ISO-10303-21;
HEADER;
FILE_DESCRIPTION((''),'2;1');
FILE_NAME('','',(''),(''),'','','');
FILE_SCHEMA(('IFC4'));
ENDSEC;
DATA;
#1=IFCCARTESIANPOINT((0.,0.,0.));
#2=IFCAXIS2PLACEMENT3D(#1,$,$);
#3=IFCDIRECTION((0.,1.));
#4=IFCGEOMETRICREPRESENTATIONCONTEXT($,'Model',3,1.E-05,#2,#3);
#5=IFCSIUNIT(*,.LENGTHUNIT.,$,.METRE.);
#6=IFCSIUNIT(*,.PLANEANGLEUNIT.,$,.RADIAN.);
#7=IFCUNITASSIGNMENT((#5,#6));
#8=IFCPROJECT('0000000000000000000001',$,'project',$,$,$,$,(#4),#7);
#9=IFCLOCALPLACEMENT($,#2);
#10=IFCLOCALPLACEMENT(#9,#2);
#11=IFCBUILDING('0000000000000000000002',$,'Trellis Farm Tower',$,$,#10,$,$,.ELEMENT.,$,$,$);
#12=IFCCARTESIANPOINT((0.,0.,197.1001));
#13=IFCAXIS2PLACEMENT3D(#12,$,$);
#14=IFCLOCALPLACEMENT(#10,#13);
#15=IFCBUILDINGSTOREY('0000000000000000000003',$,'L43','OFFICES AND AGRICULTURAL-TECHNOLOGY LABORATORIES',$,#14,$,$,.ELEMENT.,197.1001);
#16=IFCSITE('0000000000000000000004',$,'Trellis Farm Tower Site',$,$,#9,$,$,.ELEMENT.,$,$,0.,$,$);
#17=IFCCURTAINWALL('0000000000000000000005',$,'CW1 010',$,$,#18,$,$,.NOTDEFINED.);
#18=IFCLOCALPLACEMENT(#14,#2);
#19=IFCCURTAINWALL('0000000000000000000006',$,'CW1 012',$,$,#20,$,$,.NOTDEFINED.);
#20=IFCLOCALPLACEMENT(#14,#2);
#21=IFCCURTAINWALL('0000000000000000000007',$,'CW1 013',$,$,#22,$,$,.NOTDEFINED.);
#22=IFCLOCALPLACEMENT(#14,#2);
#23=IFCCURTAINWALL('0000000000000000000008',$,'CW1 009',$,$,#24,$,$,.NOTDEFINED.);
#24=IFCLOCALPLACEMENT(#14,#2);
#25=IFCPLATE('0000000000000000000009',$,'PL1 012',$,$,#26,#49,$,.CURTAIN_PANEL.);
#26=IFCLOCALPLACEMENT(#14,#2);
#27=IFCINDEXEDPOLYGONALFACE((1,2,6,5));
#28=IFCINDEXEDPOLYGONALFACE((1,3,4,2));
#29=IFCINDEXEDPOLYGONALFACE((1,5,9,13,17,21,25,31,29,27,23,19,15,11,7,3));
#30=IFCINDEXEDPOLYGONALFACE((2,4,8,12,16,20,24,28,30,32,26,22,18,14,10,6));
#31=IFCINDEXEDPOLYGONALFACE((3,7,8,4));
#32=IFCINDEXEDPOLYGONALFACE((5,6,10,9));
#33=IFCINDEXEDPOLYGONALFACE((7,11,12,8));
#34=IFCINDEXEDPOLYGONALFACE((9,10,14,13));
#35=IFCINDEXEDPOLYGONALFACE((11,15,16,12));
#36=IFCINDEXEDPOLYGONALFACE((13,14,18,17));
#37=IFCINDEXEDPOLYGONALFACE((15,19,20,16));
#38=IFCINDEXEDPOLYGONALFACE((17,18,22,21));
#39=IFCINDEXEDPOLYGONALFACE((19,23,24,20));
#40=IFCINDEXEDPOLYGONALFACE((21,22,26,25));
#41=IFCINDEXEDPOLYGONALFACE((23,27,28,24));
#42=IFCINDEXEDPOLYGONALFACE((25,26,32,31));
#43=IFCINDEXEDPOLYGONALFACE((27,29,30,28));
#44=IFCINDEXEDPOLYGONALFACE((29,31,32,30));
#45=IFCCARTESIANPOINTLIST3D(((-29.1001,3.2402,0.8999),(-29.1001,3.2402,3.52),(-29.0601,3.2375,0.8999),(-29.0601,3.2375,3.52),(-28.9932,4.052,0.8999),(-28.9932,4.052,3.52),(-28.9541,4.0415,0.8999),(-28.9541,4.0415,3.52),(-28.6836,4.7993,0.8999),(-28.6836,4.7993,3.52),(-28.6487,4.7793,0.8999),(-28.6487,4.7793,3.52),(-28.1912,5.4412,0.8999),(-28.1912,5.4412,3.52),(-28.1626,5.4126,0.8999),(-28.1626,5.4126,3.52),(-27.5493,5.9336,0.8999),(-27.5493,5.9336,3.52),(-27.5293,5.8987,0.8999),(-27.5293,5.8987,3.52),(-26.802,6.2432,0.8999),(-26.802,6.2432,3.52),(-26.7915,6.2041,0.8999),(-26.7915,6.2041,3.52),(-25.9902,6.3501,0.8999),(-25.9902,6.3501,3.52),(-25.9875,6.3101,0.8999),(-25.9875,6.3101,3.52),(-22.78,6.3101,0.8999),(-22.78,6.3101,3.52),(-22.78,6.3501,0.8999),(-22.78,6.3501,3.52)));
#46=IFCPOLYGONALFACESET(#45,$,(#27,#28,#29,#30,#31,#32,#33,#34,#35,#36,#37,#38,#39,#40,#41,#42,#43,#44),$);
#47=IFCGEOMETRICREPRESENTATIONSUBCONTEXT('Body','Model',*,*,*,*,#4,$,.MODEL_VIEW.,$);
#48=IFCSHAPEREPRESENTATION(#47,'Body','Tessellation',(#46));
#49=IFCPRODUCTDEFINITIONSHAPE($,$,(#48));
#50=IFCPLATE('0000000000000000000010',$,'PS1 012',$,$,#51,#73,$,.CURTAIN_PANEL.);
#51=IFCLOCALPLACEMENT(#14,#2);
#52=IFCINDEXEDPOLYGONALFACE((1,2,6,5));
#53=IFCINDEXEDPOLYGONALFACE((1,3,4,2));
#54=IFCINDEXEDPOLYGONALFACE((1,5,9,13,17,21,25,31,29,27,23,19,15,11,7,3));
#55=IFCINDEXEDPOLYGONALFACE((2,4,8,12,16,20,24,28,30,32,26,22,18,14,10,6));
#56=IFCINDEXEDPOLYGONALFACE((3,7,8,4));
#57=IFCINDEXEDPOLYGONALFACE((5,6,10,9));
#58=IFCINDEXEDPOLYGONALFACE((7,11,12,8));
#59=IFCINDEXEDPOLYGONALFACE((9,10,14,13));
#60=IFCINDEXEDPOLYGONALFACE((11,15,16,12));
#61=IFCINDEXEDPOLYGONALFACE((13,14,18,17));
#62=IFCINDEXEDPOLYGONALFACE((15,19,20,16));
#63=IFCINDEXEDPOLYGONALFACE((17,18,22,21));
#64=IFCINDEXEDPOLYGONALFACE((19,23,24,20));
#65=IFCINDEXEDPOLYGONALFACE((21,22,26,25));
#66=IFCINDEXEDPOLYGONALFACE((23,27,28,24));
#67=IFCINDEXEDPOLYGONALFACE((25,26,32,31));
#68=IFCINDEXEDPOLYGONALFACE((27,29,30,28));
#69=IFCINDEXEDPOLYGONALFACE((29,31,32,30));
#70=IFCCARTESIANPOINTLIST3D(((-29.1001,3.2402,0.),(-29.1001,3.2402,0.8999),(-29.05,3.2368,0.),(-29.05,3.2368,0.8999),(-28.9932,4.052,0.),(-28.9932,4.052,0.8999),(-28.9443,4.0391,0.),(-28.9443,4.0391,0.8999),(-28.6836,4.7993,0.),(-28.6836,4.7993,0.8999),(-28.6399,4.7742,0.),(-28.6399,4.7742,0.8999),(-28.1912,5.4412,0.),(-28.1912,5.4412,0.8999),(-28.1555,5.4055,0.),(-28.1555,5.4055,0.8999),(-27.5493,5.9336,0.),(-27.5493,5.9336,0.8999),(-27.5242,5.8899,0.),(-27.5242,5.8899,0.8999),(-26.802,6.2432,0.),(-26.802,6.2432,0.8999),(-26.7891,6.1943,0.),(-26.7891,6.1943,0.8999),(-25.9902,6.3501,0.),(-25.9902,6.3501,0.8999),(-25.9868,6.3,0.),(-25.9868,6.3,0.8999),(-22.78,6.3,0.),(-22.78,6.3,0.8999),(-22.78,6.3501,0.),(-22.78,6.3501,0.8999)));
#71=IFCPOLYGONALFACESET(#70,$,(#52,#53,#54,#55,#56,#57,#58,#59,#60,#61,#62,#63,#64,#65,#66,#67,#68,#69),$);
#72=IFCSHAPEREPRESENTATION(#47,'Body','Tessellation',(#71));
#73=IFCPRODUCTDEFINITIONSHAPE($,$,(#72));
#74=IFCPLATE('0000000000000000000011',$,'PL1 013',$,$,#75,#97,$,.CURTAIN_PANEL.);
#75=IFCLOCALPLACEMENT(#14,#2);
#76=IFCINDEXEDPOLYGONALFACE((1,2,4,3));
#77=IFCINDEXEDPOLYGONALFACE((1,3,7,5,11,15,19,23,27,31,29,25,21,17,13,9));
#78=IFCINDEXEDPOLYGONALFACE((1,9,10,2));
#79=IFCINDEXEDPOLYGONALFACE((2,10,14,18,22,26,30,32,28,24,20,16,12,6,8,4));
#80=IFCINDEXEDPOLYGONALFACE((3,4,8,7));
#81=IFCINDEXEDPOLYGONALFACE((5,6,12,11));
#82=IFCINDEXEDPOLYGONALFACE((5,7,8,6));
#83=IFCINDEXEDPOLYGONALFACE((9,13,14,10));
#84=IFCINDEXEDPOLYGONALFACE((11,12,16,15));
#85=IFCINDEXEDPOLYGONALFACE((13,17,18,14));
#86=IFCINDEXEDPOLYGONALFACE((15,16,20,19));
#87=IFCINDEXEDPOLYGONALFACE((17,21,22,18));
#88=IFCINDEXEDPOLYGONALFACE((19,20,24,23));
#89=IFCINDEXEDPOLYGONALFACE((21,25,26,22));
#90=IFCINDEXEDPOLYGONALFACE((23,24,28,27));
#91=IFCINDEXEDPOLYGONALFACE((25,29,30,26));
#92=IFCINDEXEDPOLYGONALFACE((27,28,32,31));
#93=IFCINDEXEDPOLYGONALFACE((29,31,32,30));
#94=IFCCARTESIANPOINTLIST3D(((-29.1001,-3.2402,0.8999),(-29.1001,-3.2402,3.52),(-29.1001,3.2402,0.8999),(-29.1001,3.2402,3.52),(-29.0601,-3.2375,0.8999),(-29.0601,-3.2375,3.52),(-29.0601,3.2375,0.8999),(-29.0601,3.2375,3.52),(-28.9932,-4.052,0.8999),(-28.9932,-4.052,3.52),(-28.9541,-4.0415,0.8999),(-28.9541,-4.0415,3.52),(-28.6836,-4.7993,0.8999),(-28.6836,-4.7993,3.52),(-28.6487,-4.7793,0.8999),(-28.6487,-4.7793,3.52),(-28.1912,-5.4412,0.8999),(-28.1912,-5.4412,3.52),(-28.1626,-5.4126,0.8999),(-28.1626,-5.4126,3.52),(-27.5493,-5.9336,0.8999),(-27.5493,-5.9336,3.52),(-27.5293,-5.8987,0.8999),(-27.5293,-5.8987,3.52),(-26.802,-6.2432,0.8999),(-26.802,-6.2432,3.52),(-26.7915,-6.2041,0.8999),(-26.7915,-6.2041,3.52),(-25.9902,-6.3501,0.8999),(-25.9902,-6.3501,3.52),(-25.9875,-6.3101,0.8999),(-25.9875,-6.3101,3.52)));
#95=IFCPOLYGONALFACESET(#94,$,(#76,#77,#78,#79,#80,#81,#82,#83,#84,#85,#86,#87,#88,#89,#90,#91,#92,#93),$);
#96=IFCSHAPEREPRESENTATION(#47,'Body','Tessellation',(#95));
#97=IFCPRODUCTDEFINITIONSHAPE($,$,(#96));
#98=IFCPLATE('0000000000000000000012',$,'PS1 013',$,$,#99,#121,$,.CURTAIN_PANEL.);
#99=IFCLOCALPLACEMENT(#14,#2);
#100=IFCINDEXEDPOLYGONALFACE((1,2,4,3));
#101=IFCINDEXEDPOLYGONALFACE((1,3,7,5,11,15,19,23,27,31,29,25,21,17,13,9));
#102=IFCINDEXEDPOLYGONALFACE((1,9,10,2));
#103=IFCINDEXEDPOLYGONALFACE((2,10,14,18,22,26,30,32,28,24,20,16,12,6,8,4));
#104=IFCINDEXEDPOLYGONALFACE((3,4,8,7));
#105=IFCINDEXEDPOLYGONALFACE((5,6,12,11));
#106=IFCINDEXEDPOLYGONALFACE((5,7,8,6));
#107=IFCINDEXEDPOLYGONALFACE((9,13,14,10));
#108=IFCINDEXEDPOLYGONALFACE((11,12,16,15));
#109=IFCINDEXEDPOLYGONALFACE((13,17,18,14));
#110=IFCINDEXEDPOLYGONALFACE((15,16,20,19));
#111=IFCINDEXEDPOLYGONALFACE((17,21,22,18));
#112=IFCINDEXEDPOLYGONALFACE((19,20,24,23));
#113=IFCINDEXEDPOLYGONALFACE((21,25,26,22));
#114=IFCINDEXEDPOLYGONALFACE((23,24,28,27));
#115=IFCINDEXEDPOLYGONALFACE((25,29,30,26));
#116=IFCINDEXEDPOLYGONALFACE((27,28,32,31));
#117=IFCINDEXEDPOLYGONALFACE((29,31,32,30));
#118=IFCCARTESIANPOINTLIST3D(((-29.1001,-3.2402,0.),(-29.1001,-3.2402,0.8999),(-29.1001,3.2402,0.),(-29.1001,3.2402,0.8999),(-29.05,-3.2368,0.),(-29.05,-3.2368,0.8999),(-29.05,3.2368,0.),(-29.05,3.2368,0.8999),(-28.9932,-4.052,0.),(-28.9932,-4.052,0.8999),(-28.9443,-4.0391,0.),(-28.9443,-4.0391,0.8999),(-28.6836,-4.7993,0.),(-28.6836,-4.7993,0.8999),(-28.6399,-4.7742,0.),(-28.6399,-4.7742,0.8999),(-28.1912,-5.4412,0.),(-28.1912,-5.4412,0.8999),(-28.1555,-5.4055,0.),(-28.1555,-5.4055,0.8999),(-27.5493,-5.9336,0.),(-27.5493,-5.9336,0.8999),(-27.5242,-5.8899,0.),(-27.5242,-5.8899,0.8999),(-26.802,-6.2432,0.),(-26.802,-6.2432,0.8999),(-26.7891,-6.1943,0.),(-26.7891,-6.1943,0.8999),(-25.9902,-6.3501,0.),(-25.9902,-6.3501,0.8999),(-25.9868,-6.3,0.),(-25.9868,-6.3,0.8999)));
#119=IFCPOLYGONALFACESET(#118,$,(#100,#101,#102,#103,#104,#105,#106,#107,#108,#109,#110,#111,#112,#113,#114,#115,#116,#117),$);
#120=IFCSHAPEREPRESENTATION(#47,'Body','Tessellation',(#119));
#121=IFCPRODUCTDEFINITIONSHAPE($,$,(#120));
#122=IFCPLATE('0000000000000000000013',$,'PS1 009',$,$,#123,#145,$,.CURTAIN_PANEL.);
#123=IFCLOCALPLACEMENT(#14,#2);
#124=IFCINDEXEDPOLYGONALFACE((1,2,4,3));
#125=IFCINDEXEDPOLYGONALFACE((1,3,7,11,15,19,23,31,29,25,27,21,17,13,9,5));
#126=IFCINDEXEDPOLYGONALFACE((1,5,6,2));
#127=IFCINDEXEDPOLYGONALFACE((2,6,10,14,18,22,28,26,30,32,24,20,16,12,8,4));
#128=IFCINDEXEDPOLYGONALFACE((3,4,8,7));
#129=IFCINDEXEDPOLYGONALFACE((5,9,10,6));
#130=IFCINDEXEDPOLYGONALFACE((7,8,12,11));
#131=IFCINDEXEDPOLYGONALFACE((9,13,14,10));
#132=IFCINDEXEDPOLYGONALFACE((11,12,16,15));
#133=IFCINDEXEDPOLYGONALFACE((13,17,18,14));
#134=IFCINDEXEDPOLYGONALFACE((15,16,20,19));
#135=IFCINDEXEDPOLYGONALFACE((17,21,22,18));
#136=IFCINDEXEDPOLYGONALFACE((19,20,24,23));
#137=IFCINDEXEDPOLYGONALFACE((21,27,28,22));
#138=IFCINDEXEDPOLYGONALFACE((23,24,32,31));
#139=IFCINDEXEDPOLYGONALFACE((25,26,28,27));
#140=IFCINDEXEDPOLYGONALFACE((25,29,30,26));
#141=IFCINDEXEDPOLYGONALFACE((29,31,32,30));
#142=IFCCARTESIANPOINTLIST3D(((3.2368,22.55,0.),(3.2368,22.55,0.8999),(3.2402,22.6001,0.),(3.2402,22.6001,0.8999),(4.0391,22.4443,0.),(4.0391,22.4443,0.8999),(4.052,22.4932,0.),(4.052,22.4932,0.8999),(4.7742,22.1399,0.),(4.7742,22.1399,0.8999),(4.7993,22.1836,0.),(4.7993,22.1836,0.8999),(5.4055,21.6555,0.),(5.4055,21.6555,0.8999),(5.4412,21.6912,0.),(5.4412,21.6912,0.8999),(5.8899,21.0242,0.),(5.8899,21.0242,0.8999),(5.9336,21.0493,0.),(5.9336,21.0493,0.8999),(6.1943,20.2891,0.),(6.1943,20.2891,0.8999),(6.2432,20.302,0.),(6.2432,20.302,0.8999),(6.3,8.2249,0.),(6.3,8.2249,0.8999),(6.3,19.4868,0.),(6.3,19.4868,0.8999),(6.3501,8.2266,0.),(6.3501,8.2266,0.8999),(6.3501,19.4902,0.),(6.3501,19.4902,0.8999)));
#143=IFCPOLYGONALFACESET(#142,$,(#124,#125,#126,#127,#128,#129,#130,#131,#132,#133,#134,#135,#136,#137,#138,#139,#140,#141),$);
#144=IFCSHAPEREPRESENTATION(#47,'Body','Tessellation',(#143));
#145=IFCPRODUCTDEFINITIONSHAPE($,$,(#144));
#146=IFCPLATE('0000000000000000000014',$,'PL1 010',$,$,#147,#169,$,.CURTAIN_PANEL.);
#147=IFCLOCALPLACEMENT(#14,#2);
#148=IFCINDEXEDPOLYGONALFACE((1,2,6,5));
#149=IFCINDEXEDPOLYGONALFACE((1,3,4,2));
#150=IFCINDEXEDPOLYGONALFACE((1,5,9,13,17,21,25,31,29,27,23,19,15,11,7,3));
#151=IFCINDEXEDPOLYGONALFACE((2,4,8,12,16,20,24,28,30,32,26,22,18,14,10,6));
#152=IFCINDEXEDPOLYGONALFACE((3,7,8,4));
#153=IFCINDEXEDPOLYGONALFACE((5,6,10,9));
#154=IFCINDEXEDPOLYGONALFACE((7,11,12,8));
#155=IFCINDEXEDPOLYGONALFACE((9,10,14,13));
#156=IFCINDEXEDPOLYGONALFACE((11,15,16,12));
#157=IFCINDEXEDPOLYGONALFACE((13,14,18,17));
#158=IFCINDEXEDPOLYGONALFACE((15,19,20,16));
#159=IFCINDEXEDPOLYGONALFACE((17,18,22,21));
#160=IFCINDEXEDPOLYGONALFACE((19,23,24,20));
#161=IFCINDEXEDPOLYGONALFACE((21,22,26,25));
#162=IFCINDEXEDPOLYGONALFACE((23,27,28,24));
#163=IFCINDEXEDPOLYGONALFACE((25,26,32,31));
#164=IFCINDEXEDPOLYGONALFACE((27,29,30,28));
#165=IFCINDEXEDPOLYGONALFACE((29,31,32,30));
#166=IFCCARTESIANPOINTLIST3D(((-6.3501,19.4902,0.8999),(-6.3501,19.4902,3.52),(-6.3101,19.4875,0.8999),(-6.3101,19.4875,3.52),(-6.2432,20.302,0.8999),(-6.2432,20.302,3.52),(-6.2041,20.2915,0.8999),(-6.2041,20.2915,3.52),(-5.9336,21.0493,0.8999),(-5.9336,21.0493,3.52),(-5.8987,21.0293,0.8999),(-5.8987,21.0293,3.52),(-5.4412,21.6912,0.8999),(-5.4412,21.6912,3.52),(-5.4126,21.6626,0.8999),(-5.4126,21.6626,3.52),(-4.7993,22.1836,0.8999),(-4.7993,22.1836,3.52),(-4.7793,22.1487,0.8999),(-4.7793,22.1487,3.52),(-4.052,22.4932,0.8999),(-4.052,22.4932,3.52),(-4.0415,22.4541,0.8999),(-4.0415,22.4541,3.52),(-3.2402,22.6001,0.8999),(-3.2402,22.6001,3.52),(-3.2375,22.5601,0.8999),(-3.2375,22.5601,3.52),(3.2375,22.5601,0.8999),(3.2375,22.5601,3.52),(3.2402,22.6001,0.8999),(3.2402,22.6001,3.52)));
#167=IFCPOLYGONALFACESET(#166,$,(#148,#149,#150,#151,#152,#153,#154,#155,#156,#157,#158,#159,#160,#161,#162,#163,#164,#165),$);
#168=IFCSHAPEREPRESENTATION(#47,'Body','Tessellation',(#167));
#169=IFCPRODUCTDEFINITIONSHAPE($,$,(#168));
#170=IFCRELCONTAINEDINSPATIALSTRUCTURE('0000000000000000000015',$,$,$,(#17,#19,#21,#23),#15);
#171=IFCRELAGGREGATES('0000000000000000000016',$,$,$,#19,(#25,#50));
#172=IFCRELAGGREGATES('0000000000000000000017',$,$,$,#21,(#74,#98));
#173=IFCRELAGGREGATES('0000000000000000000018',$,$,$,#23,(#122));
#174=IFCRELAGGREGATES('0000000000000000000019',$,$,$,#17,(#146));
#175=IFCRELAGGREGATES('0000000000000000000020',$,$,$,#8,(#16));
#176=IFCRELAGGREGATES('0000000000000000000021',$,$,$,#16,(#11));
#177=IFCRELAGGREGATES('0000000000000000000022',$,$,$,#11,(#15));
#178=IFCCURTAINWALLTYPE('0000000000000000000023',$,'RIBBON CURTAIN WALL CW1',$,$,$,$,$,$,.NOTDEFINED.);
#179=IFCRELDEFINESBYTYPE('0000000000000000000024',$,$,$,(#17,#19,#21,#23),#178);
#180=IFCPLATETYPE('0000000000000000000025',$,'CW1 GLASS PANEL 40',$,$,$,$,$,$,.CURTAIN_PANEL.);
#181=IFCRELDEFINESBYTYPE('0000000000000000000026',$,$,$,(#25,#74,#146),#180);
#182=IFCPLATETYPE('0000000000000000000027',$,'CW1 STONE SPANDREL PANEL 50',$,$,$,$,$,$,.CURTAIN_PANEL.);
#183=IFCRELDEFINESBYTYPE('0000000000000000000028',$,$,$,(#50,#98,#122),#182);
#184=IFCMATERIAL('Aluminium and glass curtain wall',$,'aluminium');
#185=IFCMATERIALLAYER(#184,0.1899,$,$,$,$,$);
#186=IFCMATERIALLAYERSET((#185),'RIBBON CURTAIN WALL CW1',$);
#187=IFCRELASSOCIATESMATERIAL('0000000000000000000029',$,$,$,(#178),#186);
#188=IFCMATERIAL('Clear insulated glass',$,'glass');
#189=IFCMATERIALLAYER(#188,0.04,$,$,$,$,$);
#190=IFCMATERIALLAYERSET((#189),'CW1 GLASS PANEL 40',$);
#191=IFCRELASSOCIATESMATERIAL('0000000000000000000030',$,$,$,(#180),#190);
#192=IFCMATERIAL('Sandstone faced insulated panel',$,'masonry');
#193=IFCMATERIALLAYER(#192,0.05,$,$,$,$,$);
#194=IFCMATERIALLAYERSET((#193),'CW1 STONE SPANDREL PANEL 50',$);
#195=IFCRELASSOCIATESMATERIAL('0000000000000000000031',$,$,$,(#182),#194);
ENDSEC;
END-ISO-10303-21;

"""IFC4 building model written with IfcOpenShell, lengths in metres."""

from ifc_helpers import new_model, si_unit, direction, frame, origin, place, context, subcontext, project, spatial, polyline, outline, extrude, source, transform, mapped, material, layer, layer_set, type_object, element, aggregate, save


model = new_model("IFC4")

# Units and contexts
model_context = context("Model", 3, precision=1e-05, world=origin(), true_north=direction((0.0, 1.0)))
body_context = subcontext(model_context, "Body", "Model", "MODEL_VIEW")
ifc_project = project(units=[si_unit("LENGTHUNIT", "METRE"), si_unit("PLANEANGLEUNIT", "RADIAN")], contexts=[model_context])

# Site, building, storey
site_placement = place(None, origin())
site = spatial("IfcSite", under=ifc_project, at=site_placement, Name="Trellis Farm Tower Site", CompositionType="ELEMENT", RefElevation=0.0)
building_placement = place(site_placement, origin())
building = spatial("IfcBuilding", under=site, at=building_placement, Name="Trellis Farm Tower", CompositionType="ELEMENT")
storey_placement = place(building_placement, frame((0.0, 0.0, 197.1001)))
storey = spatial("IfcBuildingStorey", under=building, at=storey_placement, Name="L43", Description="OFFICES AND AGRICULTURAL-TECHNOLOGY LABORATORIES", CompositionType="ELEMENT", Elevation=197.1001)

# Curtain walls
ifc_material_1 = material(Name="Aluminium and glass curtain wall", Category="aluminium")
ifc_layer_1 = layer(ifc_material_1, 0.1899)
ifc_layer_set_1 = layer_set([ifc_layer_1], Name="RIBBON CURTAIN WALL CW1")
curtain_wall_type_1 = type_object("IfcCurtainWallType", Name="RIBBON CURTAIN WALL CW1", PredefinedType="NOTDEFINED", material=ifc_layer_set_1)
placement_1 = place(storey_placement, origin())
curtain_wall_1 = element("IfcCurtainWall", 1, at=placement_1, inside=storey, type_object=curtain_wall_type_1, Name="CW1 010", PredefinedType="NOTDEFINED")
curtain_wall_2 = element("IfcCurtainWall", 2, at=placement_1, inside=storey, type_object=curtain_wall_type_1, Name="CW1 012", PredefinedType="NOTDEFINED")
curtain_wall_3 = element("IfcCurtainWall", 3, at=placement_1, inside=storey, type_object=curtain_wall_type_1, Name="CW1 013", PredefinedType="NOTDEFINED")
curtain_wall_4 = element("IfcCurtainWall", 4, at=placement_1, inside=storey, type_object=curtain_wall_type_1, Name="CW1 009", PredefinedType="NOTDEFINED")

# Plates
ifc_material_2 = material(Name="Clear insulated glass", Category="glass")
ifc_layer_2 = layer(ifc_material_2, 0.04)
ifc_layer_set_2 = layer_set([ifc_layer_2], Name="CW1 GLASS PANEL 40")
plate_type_1 = type_object("IfcPlateType", Name="CW1 GLASS PANEL 40", PredefinedType="CURTAIN_PANEL", material=ifc_layer_set_2)
shared_shape_1 = source(origin(), body_context, "Body", "SweptSolid", [
    extrude(outline(polyline([(-22.78, 6.3501), (-25.9902, 6.3501), (-26.802, 6.2432), (-27.5493, 5.9336), (-28.1912, 5.4412), (-28.6836, 4.7993), (-28.9932, 4.052), (-29.1001, 3.2402), (-29.0601, 3.2375), (-28.9541, 4.0415), (-28.6487, 4.7793), (-28.1626, 5.4126), (-27.5293, 5.8987), (-26.7915, 6.2041), (-25.9875, 6.3101), (-22.78, 6.3101), (-22.78, 6.3501)])), origin(), (0.0, 0.0, 1.0), 2.6201),
])
placement_2 = place(storey_placement, frame((0.0, 0.0, 0.8999)))
plate_1 = element("IfcPlate", 5, at=placement_2, type_object=plate_type_1, Name="PL1 012", PredefinedType="CURTAIN_PANEL", context=body_context, shape_type="MappedRepresentation", body=[
    mapped(shared_shape_1, transform((0.0, 0.0, 0.0))),
])
ifc_material_3 = material(Name="Sandstone faced insulated panel", Category="masonry")
ifc_layer_3 = layer(ifc_material_3, 0.05)
ifc_layer_set_3 = layer_set([ifc_layer_3], Name="CW1 STONE SPANDREL PANEL 50")
plate_type_2 = type_object("IfcPlateType", Name="CW1 STONE SPANDREL PANEL 50", PredefinedType="CURTAIN_PANEL", material=ifc_layer_set_3)
shared_shape_2 = source(origin(), body_context, "Body", "SweptSolid", [
    extrude(outline(polyline([(-22.78, 6.3501), (-25.9902, 6.3501), (-26.802, 6.2432), (-27.5493, 5.9336), (-28.1912, 5.4412), (-28.6836, 4.7993), (-28.9932, 4.052), (-29.1001, 3.2402), (-29.05, 3.2368), (-28.9443, 4.0391), (-28.6399, 4.7742), (-28.1555, 5.4055), (-27.5242, 5.8899), (-26.7891, 6.1943), (-25.9868, 6.3), (-22.78, 6.3), (-22.78, 6.3501)])), origin(), (0.0, 0.0, 1.0), 0.8999),
])
plate_2 = element("IfcPlate", 6, at=placement_1, type_object=plate_type_2, Name="PS1 012", PredefinedType="CURTAIN_PANEL", context=body_context, shape_type="MappedRepresentation", body=[
    mapped(shared_shape_2, transform((0.0, 0.0, 0.0))),
])
aggregate(curtain_wall_2, [plate_1, plate_2])
shared_shape_3 = source(origin(), body_context, "Body", "SweptSolid", [
    extrude(outline(polyline([(-29.1001, 3.2402), (-29.1001, -3.2402), (-28.9932, -4.052), (-28.6836, -4.7993), (-28.1912, -5.4412), (-27.5493, -5.9336), (-26.802, -6.2432), (-25.9902, -6.3501), (-25.9875, -6.3101), (-26.7915, -6.2041), (-27.5293, -5.8987), (-28.1626, -5.4126), (-28.6487, -4.7793), (-28.9541, -4.0415), (-29.0601, -3.2375), (-29.0601, 3.2375), (-29.1001, 3.2402)])), origin(), (0.0, 0.0, 1.0), 2.6201),
])
plate_3 = element("IfcPlate", 7, at=placement_2, type_object=plate_type_1, Name="PL1 013", PredefinedType="CURTAIN_PANEL", context=body_context, shape_type="MappedRepresentation", body=[
    mapped(shared_shape_3, transform((0.0, 0.0, 0.0))),
])
shared_shape_4 = source(origin(), body_context, "Body", "SweptSolid", [
    extrude(outline(polyline([(-29.1001, 3.2402), (-29.1001, -3.2402), (-28.9932, -4.052), (-28.6836, -4.7993), (-28.1912, -5.4412), (-27.5493, -5.9336), (-26.802, -6.2432), (-25.9902, -6.3501), (-25.9868, -6.3), (-26.7891, -6.1943), (-27.5242, -5.8899), (-28.1555, -5.4055), (-28.6399, -4.7742), (-28.9443, -4.0391), (-29.05, -3.2368), (-29.05, 3.2368), (-29.1001, 3.2402)])), origin(), (0.0, 0.0, 1.0), 0.8999),
])
plate_4 = element("IfcPlate", 8, at=placement_1, type_object=plate_type_2, Name="PS1 013", PredefinedType="CURTAIN_PANEL", context=body_context, shape_type="MappedRepresentation", body=[
    mapped(shared_shape_4, transform((0.0, 0.0, 0.0))),
])
aggregate(curtain_wall_3, [plate_3, plate_4])
shared_shape_5 = source(origin(), body_context, "Body", "SweptSolid", [
    extrude(outline(polyline([(6.3501, 8.2266), (6.3501, 19.4902), (6.2432, 20.302), (5.9336, 21.0493), (5.4412, 21.6912), (4.7993, 22.1836), (4.052, 22.4932), (3.2402, 22.6001), (3.2368, 22.55), (4.0391, 22.4443), (4.7742, 22.1399), (5.4055, 21.6555), (5.8899, 21.0242), (6.1943, 20.2891), (6.3, 19.4868), (6.3, 8.2249), (6.3501, 8.2266)])), origin(), (0.0, 0.0, 1.0), 0.8999),
])
plate_5 = element("IfcPlate", 9, at=placement_1, type_object=plate_type_2, Name="PS1 009", PredefinedType="CURTAIN_PANEL", context=body_context, shape_type="MappedRepresentation", body=[
    mapped(shared_shape_5, transform((0.0, 0.0, 0.0))),
])
aggregate(curtain_wall_4, [plate_5])
shared_shape_6 = source(origin(), body_context, "Body", "SweptSolid", [
    extrude(outline(polyline([(3.2402, 22.6001), (-3.2402, 22.6001), (-4.052, 22.4932), (-4.7993, 22.1836), (-5.4412, 21.6912), (-5.9336, 21.0493), (-6.2432, 20.302), (-6.3501, 19.4902), (-6.3101, 19.4875), (-6.2041, 20.2915), (-5.8987, 21.0293), (-5.4126, 21.6626), (-4.7793, 22.1487), (-4.0415, 22.4541), (-3.2375, 22.5601), (3.2375, 22.5601), (3.2402, 22.6001)])), origin(), (0.0, 0.0, 1.0), 2.6201),
])
plate_6 = element("IfcPlate", 10, at=placement_2, type_object=plate_type_1, Name="PL1 010", PredefinedType="CURTAIN_PANEL", context=body_context, shape_type="MappedRepresentation", body=[
    mapped(shared_shape_6, transform((0.0, 0.0, 0.0))),
])
aggregate(curtain_wall_1, [plate_6])

save(model, "model.ifc")
